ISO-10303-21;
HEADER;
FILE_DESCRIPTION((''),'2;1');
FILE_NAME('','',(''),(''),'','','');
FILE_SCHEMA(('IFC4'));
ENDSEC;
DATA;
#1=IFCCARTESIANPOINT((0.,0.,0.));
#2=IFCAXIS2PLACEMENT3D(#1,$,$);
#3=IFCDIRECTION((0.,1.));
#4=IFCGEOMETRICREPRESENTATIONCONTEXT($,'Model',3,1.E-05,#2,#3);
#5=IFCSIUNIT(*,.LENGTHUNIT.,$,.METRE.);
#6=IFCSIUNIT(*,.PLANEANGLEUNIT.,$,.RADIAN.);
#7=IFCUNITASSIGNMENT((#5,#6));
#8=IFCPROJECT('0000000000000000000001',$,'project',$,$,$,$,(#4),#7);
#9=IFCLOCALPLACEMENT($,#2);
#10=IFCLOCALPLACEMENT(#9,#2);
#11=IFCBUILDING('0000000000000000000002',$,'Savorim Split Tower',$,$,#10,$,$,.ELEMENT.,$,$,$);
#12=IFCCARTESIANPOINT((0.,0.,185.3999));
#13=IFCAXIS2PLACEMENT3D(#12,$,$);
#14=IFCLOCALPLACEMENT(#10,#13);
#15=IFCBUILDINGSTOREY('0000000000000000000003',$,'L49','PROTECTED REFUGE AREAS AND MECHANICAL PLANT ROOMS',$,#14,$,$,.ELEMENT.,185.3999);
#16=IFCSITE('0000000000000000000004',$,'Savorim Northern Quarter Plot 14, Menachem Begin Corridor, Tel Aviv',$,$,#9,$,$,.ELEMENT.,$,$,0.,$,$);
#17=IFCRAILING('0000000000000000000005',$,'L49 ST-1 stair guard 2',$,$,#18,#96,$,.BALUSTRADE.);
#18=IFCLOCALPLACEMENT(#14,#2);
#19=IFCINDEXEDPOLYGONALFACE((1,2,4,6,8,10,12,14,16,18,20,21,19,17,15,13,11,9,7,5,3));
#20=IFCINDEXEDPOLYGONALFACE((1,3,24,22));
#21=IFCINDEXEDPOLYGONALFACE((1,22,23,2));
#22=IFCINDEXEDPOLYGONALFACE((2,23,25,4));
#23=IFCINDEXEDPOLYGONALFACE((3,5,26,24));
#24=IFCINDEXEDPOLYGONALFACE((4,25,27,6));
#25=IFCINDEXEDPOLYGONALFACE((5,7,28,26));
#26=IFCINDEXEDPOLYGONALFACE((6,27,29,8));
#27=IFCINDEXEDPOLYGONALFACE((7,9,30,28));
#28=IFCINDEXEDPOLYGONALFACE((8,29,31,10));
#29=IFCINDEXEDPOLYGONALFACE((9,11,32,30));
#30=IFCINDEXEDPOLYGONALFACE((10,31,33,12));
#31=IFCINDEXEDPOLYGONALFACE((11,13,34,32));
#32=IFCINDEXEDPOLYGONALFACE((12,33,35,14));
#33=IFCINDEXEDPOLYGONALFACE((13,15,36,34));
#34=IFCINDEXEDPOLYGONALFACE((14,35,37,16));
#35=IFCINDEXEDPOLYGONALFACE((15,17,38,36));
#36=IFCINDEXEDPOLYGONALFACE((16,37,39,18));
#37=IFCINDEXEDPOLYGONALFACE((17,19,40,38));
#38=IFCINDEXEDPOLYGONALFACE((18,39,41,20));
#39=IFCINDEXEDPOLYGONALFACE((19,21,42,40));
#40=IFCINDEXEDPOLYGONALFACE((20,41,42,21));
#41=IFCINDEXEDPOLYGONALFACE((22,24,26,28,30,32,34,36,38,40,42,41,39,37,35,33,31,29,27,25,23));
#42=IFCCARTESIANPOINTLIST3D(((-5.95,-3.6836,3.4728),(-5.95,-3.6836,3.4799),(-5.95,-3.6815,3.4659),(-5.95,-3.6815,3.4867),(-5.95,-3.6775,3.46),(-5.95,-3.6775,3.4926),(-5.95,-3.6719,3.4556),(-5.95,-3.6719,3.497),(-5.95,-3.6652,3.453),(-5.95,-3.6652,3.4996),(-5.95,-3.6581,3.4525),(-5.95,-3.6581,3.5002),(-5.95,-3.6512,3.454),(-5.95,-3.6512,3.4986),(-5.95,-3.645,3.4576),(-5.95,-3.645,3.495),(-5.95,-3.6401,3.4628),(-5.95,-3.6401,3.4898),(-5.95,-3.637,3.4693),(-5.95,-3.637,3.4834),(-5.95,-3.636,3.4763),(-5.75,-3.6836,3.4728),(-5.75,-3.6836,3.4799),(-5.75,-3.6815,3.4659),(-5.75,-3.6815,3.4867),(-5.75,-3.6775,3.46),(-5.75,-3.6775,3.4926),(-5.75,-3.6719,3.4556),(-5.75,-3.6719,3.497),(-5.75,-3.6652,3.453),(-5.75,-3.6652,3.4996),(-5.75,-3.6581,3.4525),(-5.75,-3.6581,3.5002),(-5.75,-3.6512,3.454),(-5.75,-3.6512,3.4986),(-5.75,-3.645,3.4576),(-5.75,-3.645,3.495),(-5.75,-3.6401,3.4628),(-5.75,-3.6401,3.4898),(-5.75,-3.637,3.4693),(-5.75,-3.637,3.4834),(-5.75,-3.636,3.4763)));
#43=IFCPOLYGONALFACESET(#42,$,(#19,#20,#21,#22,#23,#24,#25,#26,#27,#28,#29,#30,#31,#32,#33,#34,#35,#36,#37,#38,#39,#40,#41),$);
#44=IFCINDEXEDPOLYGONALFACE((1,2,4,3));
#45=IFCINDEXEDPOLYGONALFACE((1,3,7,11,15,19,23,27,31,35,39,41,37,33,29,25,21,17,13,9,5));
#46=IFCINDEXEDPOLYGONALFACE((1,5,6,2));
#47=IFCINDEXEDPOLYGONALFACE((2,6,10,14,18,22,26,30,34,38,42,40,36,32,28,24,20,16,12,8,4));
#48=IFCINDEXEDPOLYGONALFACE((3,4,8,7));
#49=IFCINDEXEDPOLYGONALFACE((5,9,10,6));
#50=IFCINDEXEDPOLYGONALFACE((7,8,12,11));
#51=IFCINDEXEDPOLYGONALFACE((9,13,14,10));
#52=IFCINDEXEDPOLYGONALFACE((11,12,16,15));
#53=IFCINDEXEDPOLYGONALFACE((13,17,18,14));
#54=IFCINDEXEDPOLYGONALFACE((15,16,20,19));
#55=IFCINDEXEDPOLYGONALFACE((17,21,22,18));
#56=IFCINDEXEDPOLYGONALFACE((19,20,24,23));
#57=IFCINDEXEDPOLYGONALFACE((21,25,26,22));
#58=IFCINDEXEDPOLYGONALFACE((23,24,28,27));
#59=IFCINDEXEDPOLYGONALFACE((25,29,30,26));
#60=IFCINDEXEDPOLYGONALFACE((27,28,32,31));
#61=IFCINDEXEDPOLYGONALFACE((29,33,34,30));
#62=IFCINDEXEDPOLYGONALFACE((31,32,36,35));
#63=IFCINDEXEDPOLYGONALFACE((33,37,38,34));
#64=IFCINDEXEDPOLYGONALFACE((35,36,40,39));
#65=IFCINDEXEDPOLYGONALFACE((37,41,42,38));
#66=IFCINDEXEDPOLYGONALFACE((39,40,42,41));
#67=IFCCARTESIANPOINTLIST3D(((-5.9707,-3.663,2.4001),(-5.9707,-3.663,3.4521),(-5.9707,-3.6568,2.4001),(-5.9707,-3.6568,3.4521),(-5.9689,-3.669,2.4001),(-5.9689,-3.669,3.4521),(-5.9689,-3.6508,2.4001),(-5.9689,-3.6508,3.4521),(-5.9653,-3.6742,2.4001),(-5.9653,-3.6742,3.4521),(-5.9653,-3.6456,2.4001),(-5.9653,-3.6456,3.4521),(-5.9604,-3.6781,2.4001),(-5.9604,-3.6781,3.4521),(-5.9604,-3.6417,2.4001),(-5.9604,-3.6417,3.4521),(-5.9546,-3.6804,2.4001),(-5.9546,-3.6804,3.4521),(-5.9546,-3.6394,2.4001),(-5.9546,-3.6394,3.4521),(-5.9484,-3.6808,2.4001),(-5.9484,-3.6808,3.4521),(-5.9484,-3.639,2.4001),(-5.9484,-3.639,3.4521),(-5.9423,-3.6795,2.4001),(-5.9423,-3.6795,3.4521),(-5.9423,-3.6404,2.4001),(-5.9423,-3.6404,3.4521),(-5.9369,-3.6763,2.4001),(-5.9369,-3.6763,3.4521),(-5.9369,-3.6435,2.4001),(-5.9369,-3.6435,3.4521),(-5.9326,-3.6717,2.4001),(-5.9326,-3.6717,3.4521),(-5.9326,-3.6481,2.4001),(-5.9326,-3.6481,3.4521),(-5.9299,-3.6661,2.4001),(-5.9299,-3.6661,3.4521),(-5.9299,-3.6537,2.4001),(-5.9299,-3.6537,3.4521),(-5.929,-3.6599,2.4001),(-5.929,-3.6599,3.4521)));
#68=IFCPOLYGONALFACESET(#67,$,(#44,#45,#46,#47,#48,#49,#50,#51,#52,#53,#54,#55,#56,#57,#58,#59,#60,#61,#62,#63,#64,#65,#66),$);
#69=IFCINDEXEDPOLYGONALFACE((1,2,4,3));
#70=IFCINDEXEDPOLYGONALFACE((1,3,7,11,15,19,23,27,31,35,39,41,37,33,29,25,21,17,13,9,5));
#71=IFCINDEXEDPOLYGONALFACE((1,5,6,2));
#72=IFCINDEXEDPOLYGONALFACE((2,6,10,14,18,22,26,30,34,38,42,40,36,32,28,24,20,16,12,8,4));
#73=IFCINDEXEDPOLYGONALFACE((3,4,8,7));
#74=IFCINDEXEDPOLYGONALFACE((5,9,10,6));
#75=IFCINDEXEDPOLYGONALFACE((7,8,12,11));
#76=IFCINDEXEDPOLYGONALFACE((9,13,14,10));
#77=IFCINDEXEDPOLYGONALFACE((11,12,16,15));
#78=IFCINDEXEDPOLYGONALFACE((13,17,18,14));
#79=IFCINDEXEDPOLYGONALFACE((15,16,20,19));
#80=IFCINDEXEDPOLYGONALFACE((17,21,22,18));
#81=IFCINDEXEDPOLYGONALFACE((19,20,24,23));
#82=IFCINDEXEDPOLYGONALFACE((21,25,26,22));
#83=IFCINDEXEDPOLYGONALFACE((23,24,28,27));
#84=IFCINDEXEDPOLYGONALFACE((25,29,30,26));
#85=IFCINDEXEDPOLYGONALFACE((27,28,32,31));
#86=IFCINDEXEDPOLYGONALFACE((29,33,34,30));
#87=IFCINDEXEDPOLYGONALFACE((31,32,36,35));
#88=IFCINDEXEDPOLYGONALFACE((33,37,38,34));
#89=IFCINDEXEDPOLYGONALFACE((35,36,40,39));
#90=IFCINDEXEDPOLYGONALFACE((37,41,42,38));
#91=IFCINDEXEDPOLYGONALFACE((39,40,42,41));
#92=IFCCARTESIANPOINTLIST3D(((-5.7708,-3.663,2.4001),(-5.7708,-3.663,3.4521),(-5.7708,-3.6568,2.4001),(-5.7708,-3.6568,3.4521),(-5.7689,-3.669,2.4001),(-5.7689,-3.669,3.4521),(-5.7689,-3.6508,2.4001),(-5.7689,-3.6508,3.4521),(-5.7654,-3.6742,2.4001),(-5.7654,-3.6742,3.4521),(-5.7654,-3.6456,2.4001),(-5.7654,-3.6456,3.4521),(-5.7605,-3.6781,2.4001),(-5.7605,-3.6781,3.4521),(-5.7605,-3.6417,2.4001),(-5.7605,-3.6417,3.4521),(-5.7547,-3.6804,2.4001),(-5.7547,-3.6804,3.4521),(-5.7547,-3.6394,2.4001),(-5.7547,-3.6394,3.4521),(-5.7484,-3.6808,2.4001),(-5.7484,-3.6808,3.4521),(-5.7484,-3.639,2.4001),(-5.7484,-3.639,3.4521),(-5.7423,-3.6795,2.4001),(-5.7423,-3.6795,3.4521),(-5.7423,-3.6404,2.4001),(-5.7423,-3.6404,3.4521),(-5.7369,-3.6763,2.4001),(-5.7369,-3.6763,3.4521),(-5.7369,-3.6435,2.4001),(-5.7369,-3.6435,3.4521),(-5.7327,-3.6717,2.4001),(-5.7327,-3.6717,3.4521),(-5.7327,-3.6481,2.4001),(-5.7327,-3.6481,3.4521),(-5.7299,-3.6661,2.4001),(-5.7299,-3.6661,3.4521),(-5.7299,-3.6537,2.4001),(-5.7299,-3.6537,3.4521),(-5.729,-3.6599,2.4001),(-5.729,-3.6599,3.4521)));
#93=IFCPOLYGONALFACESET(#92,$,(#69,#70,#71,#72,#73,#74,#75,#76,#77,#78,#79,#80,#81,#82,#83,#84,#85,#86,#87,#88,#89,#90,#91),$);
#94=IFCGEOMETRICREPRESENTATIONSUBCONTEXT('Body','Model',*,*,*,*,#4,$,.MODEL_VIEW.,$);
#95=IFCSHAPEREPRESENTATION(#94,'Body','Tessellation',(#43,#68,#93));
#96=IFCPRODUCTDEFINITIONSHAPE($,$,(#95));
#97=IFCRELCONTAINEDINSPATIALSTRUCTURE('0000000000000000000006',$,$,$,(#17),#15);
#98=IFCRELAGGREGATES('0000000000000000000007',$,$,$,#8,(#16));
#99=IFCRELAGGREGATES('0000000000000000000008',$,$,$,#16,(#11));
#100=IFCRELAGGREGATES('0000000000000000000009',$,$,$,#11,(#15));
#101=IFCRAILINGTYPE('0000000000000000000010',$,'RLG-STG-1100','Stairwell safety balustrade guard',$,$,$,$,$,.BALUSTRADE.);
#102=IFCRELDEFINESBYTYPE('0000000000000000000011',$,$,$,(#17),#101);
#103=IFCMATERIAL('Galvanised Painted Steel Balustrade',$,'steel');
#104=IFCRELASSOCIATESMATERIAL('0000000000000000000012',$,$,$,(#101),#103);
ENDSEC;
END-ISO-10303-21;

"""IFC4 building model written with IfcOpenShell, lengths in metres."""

from ifc_helpers import new_model, si_unit, direction, frame, origin, origin_2d, place, context, subcontext, project, spatial, circle, extrude, material, type_object, element, save


model = new_model("IFC4")

# Units and contexts
model_context = context("Model", 3, precision=1e-05, world=origin(), true_north=direction((0.0, 1.0)))
body_context = subcontext(model_context, "Body", "Model", "MODEL_VIEW")
ifc_project = project(units=[si_unit("LENGTHUNIT", "METRE"), si_unit("PLANEANGLEUNIT", "RADIAN")], contexts=[model_context])

# Site, building, storey
site_placement = place(None, origin())
site = spatial("IfcSite", under=ifc_project, at=site_placement, Name="Savorim Northern Quarter Plot 14, Menachem Begin Corridor, Tel Aviv", CompositionType="ELEMENT", RefElevation=0.0)
building_placement = place(site_placement, origin())
building = spatial("IfcBuilding", under=site, at=building_placement, Name="Savorim Split Tower", CompositionType="ELEMENT")
storey_placement = place(building_placement, frame((0.0, 0.0, 185.3999)))
storey = spatial("IfcBuildingStorey", under=building, at=storey_placement, Name="L49", Description="PROTECTED REFUGE AREAS AND MECHANICAL PLANT ROOMS", CompositionType="ELEMENT", Elevation=185.3999)

# Railing
ifc_material_1 = material(Name="Galvanised Painted Steel Balustrade", Category="steel")
railing_type_1 = type_object("IfcRailingType", Name="RLG-STG-1100", Description="Stairwell safety balustrade guard", PredefinedType="BALUSTRADE", material=ifc_material_1)
railing_1_placement = place(storey_placement, frame((-5.95, -3.6599, 2.4001)))
element("IfcRailing", 1, at=railing_1_placement, inside=storey, type_object=railing_type_1, Name="L49 ST-1 stair guard 2", PredefinedType="BALUSTRADE", context=body_context, shape_type="SweptSolid", body=[
    extrude(circle(Radius=0.0239, at=origin_2d()), frame((0.0, 0.0, 1.0762), z_axis=(1.0, 0.0, 0.0), x_axis=(0.0, 1.0, 0.0)), (0.0, 0.0, 1.0), 0.2),
    extrude(circle(Radius=0.021, at=origin_2d()), origin(), (0.0, 0.0, 1.0), 1.052),
    extrude(circle(Radius=0.021, at=origin_2d()), frame((0.2, 0.0, 0.0)), (0.0, 0.0, 1.0), 1.052),
])

save(model, "model.ifc")
